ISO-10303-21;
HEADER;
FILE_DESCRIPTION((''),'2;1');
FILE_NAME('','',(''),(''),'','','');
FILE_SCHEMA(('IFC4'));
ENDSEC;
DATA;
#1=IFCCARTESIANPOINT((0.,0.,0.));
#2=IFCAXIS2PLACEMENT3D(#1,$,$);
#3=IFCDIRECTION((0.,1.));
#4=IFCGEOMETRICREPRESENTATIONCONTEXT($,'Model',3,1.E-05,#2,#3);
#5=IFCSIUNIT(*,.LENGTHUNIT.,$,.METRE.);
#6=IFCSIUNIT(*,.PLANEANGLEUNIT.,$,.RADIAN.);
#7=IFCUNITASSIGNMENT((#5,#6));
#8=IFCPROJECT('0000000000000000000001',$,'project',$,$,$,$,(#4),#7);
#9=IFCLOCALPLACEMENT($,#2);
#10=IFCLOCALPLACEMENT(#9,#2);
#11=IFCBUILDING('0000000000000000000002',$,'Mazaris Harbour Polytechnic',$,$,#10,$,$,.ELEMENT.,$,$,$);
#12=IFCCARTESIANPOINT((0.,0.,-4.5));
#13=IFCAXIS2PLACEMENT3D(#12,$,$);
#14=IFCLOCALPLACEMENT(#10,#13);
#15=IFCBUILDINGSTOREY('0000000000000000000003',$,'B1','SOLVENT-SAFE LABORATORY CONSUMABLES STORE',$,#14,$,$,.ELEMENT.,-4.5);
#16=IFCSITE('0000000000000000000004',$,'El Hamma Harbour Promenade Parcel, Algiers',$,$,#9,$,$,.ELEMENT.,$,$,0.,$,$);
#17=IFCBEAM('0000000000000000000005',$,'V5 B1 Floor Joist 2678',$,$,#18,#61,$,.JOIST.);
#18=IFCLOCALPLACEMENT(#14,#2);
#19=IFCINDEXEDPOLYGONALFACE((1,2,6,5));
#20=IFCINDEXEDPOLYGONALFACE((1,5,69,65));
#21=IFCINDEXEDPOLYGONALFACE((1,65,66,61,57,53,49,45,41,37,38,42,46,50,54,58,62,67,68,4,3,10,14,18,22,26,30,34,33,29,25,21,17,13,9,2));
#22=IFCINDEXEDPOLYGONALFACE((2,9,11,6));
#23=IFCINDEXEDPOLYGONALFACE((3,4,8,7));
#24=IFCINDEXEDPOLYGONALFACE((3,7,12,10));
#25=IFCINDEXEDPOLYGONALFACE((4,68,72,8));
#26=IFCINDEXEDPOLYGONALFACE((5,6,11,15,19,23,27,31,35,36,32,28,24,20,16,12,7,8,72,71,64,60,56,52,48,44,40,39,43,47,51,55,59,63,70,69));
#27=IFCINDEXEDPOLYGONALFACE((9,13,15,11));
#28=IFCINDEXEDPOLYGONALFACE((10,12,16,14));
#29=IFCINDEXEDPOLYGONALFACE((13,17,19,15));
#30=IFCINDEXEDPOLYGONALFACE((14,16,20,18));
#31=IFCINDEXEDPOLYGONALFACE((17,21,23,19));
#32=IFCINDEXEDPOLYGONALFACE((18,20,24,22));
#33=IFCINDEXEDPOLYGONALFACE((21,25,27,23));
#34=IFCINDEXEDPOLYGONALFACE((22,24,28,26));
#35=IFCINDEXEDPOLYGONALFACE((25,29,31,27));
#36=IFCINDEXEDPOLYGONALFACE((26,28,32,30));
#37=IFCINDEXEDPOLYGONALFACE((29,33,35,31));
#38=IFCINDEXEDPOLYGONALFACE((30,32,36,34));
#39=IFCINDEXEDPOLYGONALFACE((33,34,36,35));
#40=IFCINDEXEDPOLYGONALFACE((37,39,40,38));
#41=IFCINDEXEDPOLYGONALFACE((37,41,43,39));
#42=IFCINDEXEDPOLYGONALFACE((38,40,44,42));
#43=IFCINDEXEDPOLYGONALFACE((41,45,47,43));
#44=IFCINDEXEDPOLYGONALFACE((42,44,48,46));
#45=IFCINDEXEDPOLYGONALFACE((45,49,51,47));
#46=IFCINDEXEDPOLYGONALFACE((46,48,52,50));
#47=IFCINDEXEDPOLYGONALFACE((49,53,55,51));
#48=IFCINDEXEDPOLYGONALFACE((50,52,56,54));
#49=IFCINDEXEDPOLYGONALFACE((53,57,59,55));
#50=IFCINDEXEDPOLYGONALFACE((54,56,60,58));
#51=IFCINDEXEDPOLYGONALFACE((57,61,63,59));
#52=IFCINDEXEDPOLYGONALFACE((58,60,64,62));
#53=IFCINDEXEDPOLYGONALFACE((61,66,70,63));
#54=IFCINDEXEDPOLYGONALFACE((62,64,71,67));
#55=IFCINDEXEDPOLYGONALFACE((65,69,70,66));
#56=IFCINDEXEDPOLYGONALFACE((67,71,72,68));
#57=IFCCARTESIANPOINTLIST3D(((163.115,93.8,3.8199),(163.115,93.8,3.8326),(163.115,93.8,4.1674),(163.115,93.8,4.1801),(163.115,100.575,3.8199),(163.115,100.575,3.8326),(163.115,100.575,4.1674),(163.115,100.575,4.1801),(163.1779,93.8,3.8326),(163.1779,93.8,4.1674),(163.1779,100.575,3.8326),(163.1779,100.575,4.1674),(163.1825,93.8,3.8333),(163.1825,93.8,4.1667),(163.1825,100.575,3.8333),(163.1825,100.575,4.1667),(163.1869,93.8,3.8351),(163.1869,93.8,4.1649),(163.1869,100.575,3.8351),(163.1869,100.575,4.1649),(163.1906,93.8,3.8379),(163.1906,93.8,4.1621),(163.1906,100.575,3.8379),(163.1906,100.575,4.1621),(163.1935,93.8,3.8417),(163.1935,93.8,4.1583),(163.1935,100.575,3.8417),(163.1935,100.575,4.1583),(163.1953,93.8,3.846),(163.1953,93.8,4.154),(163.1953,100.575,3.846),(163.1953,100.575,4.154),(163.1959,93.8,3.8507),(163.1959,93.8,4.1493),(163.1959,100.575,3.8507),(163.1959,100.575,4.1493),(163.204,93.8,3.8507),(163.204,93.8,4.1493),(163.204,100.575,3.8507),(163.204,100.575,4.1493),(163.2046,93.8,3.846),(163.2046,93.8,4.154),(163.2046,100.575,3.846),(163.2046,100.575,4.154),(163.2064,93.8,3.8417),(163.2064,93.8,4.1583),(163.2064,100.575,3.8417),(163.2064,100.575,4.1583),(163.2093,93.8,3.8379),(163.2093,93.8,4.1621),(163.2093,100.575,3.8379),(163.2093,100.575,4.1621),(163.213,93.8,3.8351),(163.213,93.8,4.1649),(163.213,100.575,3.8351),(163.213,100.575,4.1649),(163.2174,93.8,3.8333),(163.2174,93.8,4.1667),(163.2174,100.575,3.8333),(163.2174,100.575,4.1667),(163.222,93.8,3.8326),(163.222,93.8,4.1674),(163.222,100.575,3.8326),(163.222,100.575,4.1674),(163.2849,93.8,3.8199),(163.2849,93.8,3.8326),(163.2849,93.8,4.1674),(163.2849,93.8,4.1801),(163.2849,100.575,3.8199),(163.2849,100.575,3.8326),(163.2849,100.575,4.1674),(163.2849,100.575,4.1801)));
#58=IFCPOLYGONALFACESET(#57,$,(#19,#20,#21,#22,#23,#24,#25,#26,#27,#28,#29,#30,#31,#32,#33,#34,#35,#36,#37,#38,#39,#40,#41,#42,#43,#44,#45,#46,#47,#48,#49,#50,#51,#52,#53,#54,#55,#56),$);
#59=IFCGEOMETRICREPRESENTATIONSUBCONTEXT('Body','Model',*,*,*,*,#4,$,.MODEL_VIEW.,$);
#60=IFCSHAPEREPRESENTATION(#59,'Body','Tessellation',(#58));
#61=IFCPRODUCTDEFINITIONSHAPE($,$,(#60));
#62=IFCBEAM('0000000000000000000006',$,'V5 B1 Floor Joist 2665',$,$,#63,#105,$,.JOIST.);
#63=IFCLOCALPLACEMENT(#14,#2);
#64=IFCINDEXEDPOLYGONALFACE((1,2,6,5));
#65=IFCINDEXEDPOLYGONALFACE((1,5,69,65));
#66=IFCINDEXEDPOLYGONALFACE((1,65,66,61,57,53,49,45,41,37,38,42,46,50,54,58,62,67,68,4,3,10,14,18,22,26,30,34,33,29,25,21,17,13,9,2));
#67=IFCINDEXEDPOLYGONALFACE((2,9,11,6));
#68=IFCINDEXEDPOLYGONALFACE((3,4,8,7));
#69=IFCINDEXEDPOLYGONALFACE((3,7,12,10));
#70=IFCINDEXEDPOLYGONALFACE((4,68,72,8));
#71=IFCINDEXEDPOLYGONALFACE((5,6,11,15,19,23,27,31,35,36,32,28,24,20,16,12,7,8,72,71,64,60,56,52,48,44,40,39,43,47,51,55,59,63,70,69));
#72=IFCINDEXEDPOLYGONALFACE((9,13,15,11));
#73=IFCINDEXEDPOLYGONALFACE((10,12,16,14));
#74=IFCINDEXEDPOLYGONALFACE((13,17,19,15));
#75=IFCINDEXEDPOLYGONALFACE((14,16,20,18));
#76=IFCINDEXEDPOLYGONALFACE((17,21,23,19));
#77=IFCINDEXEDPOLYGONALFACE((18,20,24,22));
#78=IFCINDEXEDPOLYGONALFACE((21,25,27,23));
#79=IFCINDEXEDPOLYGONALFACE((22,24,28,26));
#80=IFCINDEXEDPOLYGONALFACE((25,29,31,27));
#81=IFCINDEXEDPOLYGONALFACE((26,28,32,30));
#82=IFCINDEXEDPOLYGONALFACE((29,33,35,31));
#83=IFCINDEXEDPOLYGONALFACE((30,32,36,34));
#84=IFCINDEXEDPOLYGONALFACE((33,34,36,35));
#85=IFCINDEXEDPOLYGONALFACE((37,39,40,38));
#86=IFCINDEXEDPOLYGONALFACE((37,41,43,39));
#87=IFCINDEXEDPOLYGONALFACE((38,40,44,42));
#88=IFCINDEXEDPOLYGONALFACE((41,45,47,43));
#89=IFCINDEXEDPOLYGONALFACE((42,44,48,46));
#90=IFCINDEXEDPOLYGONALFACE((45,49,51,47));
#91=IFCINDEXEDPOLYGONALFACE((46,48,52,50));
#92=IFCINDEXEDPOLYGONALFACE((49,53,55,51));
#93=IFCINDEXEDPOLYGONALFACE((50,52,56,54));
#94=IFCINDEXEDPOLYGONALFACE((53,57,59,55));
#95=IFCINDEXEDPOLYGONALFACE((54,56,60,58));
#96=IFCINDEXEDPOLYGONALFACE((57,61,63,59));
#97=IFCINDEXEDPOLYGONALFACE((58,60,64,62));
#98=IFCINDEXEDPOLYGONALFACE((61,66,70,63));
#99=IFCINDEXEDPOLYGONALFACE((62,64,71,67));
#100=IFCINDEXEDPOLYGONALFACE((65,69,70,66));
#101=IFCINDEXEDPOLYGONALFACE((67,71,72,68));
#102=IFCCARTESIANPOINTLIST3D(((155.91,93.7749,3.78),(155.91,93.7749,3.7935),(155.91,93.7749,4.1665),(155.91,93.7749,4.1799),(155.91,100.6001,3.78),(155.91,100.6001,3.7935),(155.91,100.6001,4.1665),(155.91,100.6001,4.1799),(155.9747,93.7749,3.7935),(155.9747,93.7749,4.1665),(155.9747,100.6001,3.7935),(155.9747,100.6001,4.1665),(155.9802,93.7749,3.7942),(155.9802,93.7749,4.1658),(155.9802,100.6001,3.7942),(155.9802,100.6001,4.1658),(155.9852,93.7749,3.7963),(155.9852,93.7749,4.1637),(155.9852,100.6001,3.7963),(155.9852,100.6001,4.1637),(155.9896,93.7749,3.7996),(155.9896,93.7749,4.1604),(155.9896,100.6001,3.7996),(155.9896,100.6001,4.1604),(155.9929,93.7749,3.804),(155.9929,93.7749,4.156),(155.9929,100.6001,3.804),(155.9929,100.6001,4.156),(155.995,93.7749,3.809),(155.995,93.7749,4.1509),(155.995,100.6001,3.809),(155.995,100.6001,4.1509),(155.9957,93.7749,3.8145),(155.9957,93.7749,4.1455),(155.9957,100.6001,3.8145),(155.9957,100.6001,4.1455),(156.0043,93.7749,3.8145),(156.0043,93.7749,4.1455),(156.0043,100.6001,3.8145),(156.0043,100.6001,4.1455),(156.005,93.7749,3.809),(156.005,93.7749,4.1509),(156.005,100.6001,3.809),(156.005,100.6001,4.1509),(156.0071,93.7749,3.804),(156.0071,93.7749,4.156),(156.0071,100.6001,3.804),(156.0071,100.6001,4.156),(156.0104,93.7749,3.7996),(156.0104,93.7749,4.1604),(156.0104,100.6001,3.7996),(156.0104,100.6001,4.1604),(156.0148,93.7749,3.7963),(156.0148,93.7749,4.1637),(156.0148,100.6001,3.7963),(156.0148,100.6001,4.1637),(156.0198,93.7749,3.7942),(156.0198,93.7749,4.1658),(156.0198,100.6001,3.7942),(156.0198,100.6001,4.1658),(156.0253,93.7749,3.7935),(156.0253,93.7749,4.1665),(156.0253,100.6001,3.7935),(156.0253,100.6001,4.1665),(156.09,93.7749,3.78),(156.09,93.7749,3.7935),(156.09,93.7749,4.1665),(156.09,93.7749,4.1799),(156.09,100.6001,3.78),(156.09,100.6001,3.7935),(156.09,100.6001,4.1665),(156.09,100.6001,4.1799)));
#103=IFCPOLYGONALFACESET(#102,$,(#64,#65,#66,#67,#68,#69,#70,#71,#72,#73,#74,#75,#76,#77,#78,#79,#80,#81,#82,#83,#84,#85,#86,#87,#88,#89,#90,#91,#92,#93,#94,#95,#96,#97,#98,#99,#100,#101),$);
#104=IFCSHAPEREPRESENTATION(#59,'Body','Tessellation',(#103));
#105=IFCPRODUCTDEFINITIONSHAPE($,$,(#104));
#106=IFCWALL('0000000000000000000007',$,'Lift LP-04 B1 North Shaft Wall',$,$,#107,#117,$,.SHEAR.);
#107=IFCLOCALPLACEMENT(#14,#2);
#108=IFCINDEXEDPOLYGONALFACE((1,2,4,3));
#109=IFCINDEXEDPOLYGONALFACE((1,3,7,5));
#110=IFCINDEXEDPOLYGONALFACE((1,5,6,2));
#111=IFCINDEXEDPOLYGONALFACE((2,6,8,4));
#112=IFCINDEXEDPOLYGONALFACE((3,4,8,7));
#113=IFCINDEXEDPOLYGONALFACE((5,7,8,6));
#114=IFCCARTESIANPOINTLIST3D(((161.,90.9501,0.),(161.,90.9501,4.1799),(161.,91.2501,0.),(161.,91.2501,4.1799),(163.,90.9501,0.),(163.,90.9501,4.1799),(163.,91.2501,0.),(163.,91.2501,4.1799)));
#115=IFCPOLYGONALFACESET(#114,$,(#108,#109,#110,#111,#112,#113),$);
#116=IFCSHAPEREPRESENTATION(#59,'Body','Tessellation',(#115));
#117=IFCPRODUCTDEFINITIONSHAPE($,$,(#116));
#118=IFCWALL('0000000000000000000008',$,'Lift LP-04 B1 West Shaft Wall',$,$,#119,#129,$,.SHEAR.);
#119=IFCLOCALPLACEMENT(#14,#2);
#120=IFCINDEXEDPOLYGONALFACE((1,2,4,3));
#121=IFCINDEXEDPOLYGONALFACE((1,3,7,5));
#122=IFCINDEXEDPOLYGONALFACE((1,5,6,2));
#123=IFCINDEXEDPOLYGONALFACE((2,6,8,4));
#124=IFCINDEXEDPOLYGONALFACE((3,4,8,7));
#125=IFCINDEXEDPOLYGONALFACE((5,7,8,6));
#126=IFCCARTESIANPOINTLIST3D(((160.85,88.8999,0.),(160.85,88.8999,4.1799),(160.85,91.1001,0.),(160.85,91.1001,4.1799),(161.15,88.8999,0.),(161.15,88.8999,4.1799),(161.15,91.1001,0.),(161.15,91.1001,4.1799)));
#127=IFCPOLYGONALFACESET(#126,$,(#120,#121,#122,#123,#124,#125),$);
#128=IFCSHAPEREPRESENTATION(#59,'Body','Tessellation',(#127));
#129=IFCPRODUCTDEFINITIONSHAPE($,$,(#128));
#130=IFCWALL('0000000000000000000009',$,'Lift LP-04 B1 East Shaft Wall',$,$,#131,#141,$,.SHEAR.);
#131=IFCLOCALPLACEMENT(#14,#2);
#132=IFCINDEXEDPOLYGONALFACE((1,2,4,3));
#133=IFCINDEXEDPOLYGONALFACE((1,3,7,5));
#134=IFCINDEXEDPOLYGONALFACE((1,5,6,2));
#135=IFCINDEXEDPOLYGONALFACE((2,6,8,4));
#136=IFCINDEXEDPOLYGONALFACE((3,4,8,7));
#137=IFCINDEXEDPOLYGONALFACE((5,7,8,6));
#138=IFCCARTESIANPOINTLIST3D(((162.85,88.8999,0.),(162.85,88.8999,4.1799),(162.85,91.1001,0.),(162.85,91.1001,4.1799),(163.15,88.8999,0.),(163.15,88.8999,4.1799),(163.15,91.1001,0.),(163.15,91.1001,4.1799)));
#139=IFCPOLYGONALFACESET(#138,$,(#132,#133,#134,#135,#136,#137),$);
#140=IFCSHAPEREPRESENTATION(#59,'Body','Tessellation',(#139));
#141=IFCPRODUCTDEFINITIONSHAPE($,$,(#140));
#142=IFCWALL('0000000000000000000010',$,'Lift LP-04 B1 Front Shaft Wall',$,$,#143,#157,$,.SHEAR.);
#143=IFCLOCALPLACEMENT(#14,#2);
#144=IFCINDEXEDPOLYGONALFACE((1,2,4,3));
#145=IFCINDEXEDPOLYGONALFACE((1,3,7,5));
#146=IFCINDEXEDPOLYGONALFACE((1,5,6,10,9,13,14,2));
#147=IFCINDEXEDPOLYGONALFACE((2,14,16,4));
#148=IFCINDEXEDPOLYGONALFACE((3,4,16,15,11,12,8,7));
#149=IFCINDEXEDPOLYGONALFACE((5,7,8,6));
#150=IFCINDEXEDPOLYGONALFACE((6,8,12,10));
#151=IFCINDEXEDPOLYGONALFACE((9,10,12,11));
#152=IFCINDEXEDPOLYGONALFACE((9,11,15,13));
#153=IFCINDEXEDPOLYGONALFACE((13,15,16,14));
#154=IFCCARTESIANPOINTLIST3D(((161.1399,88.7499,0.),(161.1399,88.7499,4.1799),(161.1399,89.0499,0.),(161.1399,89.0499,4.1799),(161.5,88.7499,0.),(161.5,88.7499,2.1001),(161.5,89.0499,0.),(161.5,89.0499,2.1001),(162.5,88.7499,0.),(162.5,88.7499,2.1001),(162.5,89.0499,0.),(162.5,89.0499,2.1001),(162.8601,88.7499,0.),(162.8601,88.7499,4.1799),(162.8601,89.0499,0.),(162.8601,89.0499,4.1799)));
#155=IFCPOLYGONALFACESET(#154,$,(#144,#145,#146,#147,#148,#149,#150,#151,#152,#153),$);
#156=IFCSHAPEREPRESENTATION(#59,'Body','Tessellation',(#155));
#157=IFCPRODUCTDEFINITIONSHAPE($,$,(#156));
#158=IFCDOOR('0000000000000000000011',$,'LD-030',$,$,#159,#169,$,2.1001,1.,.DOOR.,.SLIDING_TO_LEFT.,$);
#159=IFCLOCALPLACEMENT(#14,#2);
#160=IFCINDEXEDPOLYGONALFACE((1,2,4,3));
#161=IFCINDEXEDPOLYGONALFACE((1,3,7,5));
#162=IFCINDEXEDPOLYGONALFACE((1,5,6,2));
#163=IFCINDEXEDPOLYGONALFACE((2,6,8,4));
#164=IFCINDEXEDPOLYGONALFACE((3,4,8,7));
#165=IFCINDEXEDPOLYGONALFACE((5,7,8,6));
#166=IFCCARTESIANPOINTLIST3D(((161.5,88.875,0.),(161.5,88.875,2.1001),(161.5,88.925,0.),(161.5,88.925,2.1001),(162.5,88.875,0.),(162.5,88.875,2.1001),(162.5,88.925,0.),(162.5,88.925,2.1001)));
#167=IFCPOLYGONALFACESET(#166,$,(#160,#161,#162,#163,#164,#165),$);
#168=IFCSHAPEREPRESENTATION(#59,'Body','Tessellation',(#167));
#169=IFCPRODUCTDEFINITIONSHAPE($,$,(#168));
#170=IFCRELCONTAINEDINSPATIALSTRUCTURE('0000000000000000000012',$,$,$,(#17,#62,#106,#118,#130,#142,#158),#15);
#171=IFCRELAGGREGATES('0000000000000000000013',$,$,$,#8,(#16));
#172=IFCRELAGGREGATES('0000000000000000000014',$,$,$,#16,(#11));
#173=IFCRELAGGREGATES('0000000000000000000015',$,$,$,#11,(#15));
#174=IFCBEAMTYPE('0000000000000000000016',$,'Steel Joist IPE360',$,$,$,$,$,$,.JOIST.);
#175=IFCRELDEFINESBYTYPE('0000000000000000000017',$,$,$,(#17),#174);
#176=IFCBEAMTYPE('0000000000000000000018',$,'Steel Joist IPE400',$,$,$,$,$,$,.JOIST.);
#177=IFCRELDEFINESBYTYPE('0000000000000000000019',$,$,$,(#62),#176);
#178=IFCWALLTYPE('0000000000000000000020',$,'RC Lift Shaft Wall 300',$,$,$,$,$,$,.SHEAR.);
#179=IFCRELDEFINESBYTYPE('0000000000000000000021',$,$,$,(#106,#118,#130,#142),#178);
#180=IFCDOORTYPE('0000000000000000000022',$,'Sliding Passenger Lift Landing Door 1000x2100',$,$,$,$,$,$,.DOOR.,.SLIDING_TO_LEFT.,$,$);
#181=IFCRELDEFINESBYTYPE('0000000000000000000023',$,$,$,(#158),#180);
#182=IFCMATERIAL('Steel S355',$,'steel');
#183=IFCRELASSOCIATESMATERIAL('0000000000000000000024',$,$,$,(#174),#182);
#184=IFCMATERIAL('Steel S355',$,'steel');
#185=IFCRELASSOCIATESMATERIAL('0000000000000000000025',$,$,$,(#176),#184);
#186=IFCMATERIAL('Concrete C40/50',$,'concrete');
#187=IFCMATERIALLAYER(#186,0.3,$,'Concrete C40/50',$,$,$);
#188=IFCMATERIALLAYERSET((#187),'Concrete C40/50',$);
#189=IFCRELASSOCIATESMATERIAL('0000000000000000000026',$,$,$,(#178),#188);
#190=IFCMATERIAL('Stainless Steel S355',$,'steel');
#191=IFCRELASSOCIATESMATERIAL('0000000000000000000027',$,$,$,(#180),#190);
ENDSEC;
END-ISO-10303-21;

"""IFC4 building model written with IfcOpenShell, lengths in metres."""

from ifc_helpers import new_model, si_unit, direction, frame, frame_2d, origin, origin_2d, place, context, subcontext, project, spatial, rectangle, i_section, extrude, material, layer, layer_set, material_profile, profile_set, type_object, element, fill, save


model = new_model("IFC4")

# Units and contexts
model_context = context("Model", 3, precision=1e-05, world=origin(), true_north=direction((0.0, 1.0)))
body_context = subcontext(model_context, "Body", "Model", "MODEL_VIEW")
ifc_project = project(units=[si_unit("LENGTHUNIT", "METRE"), si_unit("PLANEANGLEUNIT", "RADIAN")], contexts=[model_context])

# Site, building, storey
site_placement = place(None, origin())
site = spatial("IfcSite", under=ifc_project, at=site_placement, Name="El Hamma Harbour Promenade Parcel, Algiers", CompositionType="ELEMENT", RefElevation=0.0)
building_placement = place(site_placement, origin())
building = spatial("IfcBuilding", under=site, at=building_placement, Name="Mazaris Harbour Polytechnic", CompositionType="ELEMENT")
storey_placement = place(building_placement, frame((0.0, 0.0, -4.5)))
storey = spatial("IfcBuildingStorey", under=building, at=storey_placement, Name="B1", Description="SOLVENT-SAFE LABORATORY CONSUMABLES STORE", CompositionType="ELEMENT", Elevation=-4.5)

# Beams
ifc_material_1 = material(Name="Steel S355", Category="steel")
ifc_material_profile_1 = material_profile(ifc_material_1, i_section(OverallWidth=0.1699, OverallDepth=0.3601, WebThickness=0.0081, FlangeThickness=0.0127, FilletRadius=0.0181, at=origin_2d()), Name="IPE 360")
ifc_profile_set_1 = profile_set([ifc_material_profile_1], Name="Steel S355")
beam_type_1 = type_object("IfcBeamType", Name="Steel Joist IPE360", PredefinedType="JOIST", material=ifc_profile_set_1)
beam_1_placement = place(storey_placement, frame((163.2, 93.8, 4.0), z_axis=(0.0, 1.0, 0.0), x_axis=(-1.0, 0.0, 0.0)))
element("IfcBeam", 1, at=beam_1_placement, inside=storey, type_object=beam_type_1, Name="V5 B1 Floor Joist 2678", PredefinedType="JOIST", context=body_context, shape_type="SweptSolid", body=[
    extrude(i_section(OverallWidth=0.1699, OverallDepth=0.3601, WebThickness=0.0081, FlangeThickness=0.0127, FilletRadius=0.0181, at=origin_2d()), origin(), (0.0, 0.0, 1.0), 6.7749),
])
ifc_material_2 = material(Name="Steel S355", Category="steel")
ifc_material_profile_2 = material_profile(ifc_material_2, i_section(OverallWidth=0.1799, OverallDepth=0.3999, WebThickness=0.0085, FlangeThickness=0.0134, FilletRadius=0.021, at=origin_2d()), Name="IPE 400")
ifc_profile_set_2 = profile_set([ifc_material_profile_2], Name="Steel S355")
beam_type_2 = type_object("IfcBeamType", Name="Steel Joist IPE400", PredefinedType="JOIST", material=ifc_profile_set_2)
beam_2_placement = place(storey_placement, frame((156.0, 93.7749, 3.98), z_axis=(0.0, 1.0, 0.0), x_axis=(-1.0, 0.0, 0.0)))
element("IfcBeam", 2, at=beam_2_placement, inside=storey, type_object=beam_type_2, Name="V5 B1 Floor Joist 2665", PredefinedType="JOIST", context=body_context, shape_type="SweptSolid", body=[
    extrude(i_section(OverallWidth=0.1799, OverallDepth=0.3999, WebThickness=0.0085, FlangeThickness=0.0134, FilletRadius=0.021, at=origin_2d()), origin(), (0.0, 0.0, 1.0), 6.8252),
])

# Walls
ifc_material_3 = material(Name="Concrete C40/50", Category="concrete")
ifc_layer_1 = layer(ifc_material_3, 0.3, Name="Concrete C40/50")
ifc_layer_set_1 = layer_set([ifc_layer_1], Name="Concrete C40/50")
wall_type_1 = type_object("IfcWallType", Name="RC Lift Shaft Wall 300", PredefinedType="SHEAR", material=ifc_layer_set_1)
wall_1_placement = place(storey_placement, frame((163.0, 91.1001, 0.0), z_axis=(0.0, 0.0, 1.0), x_axis=(-1.0, 0.0, 0.0)))
element("IfcWall", 3, at=wall_1_placement, inside=storey, type_object=wall_type_1, Name="Lift LP-04 B1 North Shaft Wall", PredefinedType="SHEAR", context=body_context, shape_type="SweptSolid", body=[
    extrude(rectangle(XDim=2.0, YDim=0.3, at=frame_2d((1.0, 0.0))), origin(), (0.0, 0.0, 1.0), 4.1799),
])
for number, where, z_axis, x_axis, name in (
    (4, (161.0, 91.1001, 0.0), (0.0, 0.0, 1.0), (0.0, -1.0, 0.0), "Lift LP-04 B1 West Shaft Wall"),
    (5, (163.0, 88.8999, 0.0), (0.0, 0.0, 1.0), (0.0, 1.0, 0.0), "Lift LP-04 B1 East Shaft Wall"),
):
    element("IfcWall", number, at=place(storey_placement, frame(where, z_axis=z_axis, x_axis=x_axis)), inside=storey, type_object=wall_type_1, Name=name, PredefinedType="SHEAR", context=body_context, shape_type="SweptSolid", body=[
        extrude(rectangle(XDim=2.2002, YDim=0.3, at=frame_2d((1.1001, 0.0))), origin(), (0.0, 0.0, 1.0), 4.1799),
    ])

# Wall, opening, door
wall_2_placement = place(storey_placement, frame((162.8601, 88.8999, 0.0), z_axis=(0.0, 0.0, 1.0), x_axis=(-1.0, 0.0, 0.0)))
wall_2 = element("IfcWall", 6, at=wall_2_placement, inside=storey, type_object=wall_type_1, Name="Lift LP-04 B1 Front Shaft Wall", PredefinedType="SHEAR", context=body_context, shape_type="SweptSolid", body=[
    extrude(rectangle(XDim=1.7202, YDim=0.3, at=frame_2d((0.8601, 0.0))), origin(), (0.0, 0.0, 1.0), 4.1799),
])
opening_1_placement = place(wall_2_placement, frame((0.3601, 0.0, 0.0)))
opening_1 = element("IfcOpeningElement", 7, at=opening_1_placement, cuts=wall_2, PredefinedType="OPENING", context=body_context, shape_type="SweptSolid", body=[
    extrude(rectangle(XDim=1.0, YDim=2.1001, at=frame_2d((0.5, 1.05))), frame((0.0, 0.1599, 0.0), z_axis=(0.0, -1.0, 0.0), x_axis=(1.0, 0.0, 0.0)), (0.0, 0.0, 1.0), 0.3201),
])
ifc_material_4 = material(Name="Stainless Steel S355", Category="steel")
door_type_1 = type_object("IfcDoorType", Name="Sliding Passenger Lift Landing Door 1000x2100", OperationType="SLIDING_TO_LEFT", PredefinedType="DOOR", material=ifc_material_4)
door_1_placement = place(opening_1_placement, origin())
door_1 = element("IfcDoor", 8, at=door_1_placement, inside=storey, type_object=door_type_1, Name="LD-030", OperationType="SLIDING_TO_LEFT", OverallHeight=2.1001, OverallWidth=1.0, PredefinedType="DOOR", context=body_context, shape_type="SweptSolid", body=[
    extrude(rectangle(XDim=1.0, YDim=2.1001, at=frame_2d((0.5, 1.05))), frame((0.0, 0.0249, 0.0), z_axis=(0.0, -1.0, 0.0), x_axis=(1.0, 0.0, 0.0)), (0.0, 0.0, 1.0), 0.05),
])
fill(opening_1, door_1)

save(model, "model.ifc")
